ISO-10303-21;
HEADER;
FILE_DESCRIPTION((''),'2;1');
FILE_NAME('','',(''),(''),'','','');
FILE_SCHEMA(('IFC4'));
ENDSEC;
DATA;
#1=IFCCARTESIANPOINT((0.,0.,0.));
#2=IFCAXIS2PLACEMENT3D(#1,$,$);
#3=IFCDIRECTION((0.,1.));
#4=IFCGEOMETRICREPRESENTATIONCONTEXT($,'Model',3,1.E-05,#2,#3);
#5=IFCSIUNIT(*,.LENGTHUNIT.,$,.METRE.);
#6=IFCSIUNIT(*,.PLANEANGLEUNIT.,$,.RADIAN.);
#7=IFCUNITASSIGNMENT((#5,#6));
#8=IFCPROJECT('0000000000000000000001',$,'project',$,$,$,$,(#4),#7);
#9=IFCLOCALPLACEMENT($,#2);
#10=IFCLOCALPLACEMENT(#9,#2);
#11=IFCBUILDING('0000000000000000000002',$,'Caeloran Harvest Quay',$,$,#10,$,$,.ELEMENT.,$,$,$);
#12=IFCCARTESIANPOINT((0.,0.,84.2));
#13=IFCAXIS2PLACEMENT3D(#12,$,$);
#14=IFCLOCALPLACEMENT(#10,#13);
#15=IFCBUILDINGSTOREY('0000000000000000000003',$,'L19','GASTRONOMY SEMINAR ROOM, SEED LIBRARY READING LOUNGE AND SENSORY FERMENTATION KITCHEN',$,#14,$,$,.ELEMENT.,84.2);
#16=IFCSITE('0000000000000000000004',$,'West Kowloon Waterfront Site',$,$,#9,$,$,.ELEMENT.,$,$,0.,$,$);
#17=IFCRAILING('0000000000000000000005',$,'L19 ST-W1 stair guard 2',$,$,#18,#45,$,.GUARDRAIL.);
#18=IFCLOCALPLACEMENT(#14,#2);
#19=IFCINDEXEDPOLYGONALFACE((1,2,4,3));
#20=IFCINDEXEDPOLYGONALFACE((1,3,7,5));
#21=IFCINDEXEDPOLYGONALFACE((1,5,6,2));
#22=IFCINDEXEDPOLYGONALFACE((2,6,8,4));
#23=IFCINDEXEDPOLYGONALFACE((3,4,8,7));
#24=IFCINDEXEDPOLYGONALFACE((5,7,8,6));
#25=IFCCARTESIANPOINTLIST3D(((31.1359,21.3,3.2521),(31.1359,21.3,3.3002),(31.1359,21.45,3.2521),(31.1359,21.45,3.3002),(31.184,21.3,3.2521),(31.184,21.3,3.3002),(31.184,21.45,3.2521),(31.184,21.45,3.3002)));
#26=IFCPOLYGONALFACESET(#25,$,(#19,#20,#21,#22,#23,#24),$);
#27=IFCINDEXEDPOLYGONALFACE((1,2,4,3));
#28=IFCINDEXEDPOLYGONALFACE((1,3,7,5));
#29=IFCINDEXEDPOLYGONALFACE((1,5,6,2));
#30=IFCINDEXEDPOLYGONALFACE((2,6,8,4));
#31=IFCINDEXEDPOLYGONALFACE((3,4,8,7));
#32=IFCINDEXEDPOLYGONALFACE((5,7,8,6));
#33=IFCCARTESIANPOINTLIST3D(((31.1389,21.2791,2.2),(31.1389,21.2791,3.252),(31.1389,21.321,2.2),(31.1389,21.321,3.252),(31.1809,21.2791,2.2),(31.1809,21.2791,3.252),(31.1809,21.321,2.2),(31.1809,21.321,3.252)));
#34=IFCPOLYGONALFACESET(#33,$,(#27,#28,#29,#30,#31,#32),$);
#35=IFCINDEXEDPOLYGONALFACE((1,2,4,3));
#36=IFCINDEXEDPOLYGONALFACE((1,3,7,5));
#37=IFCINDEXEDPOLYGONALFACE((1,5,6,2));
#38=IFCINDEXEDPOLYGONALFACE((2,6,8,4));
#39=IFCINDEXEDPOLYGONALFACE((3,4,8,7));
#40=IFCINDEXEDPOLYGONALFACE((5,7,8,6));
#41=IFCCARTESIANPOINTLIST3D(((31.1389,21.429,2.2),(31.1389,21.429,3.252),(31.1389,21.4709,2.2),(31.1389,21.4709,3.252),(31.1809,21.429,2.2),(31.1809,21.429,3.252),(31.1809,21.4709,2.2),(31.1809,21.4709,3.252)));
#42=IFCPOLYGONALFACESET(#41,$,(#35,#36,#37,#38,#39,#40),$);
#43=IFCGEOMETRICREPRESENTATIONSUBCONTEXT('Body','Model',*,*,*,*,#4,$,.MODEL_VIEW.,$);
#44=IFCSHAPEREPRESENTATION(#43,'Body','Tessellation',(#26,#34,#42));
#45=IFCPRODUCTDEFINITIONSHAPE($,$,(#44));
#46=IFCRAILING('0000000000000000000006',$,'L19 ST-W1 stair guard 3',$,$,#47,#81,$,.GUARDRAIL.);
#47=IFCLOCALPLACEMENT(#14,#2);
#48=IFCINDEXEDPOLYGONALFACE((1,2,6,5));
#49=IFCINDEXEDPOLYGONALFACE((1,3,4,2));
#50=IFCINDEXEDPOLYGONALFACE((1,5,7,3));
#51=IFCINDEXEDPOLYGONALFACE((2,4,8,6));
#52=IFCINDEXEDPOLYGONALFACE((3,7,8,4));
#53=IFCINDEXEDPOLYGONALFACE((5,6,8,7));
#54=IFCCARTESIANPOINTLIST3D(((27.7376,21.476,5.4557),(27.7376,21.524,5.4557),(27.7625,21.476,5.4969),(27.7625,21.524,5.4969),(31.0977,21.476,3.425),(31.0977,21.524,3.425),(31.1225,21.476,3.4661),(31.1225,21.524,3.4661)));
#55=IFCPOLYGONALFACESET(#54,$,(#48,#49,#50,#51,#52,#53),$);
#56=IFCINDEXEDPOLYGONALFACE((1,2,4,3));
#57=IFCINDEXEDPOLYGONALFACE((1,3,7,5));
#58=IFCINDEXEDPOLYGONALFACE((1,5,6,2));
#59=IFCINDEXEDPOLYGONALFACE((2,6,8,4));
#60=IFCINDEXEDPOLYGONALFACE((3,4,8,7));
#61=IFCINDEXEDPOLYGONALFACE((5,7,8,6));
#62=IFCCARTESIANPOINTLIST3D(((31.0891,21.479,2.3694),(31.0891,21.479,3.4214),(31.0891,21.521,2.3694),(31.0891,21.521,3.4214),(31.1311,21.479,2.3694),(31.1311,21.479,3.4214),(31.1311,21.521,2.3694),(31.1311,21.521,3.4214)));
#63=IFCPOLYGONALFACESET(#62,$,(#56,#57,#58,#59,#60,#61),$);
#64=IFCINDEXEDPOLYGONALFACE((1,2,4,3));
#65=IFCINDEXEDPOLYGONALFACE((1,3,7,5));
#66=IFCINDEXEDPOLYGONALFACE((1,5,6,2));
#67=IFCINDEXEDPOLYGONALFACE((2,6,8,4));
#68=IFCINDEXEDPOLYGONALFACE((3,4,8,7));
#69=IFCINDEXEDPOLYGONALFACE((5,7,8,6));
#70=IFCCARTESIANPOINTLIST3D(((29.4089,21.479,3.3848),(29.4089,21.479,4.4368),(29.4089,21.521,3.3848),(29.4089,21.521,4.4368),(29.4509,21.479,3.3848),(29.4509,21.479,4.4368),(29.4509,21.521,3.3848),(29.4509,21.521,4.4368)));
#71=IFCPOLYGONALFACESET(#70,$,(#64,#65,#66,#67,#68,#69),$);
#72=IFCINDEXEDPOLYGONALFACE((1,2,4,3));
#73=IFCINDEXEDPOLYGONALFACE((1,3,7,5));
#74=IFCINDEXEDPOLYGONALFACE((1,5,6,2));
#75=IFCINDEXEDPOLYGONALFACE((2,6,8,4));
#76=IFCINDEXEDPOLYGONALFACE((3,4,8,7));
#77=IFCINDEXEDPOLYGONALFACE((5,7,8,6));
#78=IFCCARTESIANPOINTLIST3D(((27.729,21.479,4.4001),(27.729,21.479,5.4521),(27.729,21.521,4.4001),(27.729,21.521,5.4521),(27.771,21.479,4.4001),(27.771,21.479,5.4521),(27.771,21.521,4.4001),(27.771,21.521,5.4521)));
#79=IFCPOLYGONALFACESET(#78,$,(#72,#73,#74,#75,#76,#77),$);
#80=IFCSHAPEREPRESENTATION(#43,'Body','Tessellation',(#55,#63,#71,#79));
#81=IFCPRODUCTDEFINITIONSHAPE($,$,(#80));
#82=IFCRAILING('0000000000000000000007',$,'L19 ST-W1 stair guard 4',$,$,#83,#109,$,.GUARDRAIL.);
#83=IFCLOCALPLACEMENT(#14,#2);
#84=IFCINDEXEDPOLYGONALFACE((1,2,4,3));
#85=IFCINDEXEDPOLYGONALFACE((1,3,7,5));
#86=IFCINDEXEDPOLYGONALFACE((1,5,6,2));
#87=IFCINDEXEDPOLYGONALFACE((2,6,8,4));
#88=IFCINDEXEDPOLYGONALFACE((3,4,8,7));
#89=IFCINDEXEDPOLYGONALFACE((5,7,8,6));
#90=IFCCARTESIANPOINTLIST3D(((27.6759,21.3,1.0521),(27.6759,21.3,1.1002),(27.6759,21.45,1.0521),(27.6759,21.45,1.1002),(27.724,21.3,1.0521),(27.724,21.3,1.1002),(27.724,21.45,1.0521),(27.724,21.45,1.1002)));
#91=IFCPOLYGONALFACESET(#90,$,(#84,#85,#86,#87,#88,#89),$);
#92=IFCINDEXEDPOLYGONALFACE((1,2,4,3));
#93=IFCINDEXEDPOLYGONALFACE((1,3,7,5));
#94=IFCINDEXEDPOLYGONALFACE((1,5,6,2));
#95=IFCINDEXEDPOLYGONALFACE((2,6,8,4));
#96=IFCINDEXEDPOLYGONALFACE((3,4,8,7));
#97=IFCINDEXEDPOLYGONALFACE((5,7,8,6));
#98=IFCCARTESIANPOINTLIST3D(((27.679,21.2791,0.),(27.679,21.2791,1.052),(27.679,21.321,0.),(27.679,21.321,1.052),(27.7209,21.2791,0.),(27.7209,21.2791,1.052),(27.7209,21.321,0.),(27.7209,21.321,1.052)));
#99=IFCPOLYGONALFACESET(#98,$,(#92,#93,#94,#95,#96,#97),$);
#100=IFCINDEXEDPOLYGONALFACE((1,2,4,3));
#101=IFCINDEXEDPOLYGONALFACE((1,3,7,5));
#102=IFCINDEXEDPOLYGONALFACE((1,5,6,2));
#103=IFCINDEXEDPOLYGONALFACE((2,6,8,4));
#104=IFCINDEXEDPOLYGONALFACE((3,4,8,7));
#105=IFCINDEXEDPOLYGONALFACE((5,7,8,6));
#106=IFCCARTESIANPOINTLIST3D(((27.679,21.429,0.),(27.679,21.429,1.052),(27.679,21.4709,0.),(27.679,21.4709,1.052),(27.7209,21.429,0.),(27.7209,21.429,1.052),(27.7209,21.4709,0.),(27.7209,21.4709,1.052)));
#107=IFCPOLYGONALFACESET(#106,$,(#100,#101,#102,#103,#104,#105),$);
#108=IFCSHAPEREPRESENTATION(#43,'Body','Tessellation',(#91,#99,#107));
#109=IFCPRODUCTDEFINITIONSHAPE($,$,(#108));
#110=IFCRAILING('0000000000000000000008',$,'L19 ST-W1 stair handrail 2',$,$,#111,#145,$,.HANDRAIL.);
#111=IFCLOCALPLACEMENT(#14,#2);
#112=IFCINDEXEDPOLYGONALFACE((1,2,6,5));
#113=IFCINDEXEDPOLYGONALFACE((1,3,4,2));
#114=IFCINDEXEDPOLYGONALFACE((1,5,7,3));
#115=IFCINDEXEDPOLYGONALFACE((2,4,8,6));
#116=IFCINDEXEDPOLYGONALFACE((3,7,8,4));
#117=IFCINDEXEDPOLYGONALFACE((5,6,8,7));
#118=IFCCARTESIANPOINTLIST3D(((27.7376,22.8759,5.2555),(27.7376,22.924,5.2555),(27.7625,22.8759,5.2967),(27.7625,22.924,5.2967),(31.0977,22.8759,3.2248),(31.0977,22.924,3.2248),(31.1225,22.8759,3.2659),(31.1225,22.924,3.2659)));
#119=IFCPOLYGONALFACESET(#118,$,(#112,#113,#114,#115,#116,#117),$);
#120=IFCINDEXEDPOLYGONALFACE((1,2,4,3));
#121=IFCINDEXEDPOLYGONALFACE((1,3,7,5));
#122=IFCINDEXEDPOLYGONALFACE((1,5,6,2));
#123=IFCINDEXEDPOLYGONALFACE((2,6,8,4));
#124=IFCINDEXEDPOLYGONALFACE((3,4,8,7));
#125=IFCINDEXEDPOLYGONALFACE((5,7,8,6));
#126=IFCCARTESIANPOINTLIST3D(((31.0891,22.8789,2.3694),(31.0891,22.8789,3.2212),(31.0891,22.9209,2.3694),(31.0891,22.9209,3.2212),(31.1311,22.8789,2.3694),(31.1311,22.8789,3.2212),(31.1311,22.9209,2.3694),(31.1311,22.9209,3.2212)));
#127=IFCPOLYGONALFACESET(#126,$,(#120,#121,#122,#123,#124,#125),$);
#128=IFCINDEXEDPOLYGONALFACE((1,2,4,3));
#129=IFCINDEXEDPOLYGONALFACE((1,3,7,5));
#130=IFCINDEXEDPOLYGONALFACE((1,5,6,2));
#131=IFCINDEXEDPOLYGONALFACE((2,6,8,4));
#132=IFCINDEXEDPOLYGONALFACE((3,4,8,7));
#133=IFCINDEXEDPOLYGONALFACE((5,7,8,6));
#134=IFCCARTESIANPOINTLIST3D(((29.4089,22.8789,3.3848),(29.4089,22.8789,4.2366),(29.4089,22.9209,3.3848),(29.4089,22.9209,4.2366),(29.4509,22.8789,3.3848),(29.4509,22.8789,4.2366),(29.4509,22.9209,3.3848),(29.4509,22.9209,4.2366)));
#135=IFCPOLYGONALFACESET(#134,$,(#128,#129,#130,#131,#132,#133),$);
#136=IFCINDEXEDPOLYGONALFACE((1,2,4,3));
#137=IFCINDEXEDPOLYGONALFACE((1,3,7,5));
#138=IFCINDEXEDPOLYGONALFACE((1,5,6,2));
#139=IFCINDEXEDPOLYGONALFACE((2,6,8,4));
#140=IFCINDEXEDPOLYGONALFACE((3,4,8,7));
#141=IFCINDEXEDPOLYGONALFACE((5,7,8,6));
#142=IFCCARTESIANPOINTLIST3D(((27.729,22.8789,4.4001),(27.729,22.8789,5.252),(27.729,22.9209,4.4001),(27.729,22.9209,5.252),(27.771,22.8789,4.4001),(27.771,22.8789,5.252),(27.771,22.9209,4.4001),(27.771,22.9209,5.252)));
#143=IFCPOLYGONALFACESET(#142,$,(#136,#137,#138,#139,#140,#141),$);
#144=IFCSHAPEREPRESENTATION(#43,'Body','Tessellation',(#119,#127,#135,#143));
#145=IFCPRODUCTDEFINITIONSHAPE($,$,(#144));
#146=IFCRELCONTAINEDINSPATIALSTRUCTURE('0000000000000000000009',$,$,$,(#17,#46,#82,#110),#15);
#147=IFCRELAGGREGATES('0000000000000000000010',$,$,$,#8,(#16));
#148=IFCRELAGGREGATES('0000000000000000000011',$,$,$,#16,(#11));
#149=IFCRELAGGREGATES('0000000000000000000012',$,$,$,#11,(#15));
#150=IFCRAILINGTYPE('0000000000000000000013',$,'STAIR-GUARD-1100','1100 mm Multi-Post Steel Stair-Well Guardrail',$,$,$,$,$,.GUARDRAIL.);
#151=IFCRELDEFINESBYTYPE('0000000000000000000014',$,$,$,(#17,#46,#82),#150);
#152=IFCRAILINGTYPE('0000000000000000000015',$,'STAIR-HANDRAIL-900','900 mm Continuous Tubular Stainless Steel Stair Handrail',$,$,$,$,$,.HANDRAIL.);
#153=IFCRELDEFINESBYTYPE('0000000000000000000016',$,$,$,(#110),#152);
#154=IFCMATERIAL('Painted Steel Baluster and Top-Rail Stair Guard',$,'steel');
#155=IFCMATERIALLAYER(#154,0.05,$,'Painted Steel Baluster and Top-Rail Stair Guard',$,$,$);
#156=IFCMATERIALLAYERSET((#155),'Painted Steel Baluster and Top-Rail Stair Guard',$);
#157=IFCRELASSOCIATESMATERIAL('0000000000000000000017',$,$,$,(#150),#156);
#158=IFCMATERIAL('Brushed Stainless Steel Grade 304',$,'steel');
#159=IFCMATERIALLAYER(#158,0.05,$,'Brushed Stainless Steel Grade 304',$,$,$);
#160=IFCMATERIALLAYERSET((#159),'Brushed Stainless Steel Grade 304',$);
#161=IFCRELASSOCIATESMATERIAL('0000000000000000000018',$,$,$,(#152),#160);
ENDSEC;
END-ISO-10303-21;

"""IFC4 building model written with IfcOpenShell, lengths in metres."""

from ifc_helpers import new_model, si_unit, direction, frame, origin, origin_2d, place, context, subcontext, project, spatial, rectangle, extrude, material, layer, layer_set, type_object, element, save


model = new_model("IFC4")

# Units and contexts
model_context = context("Model", 3, precision=1e-05, world=origin(), true_north=direction((0.0, 1.0)))
body_context = subcontext(model_context, "Body", "Model", "MODEL_VIEW")
ifc_project = project(units=[si_unit("LENGTHUNIT", "METRE"), si_unit("PLANEANGLEUNIT", "RADIAN")], contexts=[model_context])

# Site, building, storey
site_placement = place(None, origin())
site = spatial("IfcSite", under=ifc_project, at=site_placement, Name="West Kowloon Waterfront Site", CompositionType="ELEMENT", RefElevation=0.0)
building_placement = place(site_placement, origin())
building = spatial("IfcBuilding", under=site, at=building_placement, Name="Caeloran Harvest Quay", CompositionType="ELEMENT")
storey_placement = place(building_placement, frame((0.0, 0.0, 84.2)))
storey = spatial("IfcBuildingStorey", under=building, at=storey_placement, Name="L19", Description="GASTRONOMY SEMINAR ROOM, SEED LIBRARY READING LOUNGE AND SENSORY FERMENTATION KITCHEN", CompositionType="ELEMENT", Elevation=84.2)

# Railings
ifc_material_1 = material(Name="Painted Steel Baluster and Top-Rail Stair Guard", Category="steel")
ifc_layer_1 = layer(ifc_material_1, 0.05, Name="Painted Steel Baluster and Top-Rail Stair Guard")
ifc_layer_set_1 = layer_set([ifc_layer_1], Name="Painted Steel Baluster and Top-Rail Stair Guard")
railing_type_1 = type_object("IfcRailingType", Name="STAIR-GUARD-1100", Description="1100 mm Multi-Post Steel Stair-Well Guardrail", PredefinedType="GUARDRAIL", material=ifc_layer_set_1)
railing_1_placement = place(storey_placement, frame((31.1599, 21.3, 2.2)))
element("IfcRailing", 1, at=railing_1_placement, inside=storey, type_object=railing_type_1, Name="L19 ST-W1 stair guard 2", PredefinedType="GUARDRAIL", context=body_context, shape_type="SweptSolid", body=[
    extrude(rectangle(XDim=0.0481, YDim=0.0481, at=origin_2d()), frame((0.0, 0.0, 1.0762), z_axis=(0.0, 1.0, 0.0), x_axis=(-1.0, 0.0, 0.0)), (0.0, 0.0, 1.0), 0.1499),
    extrude(rectangle(XDim=0.042, YDim=0.042, at=origin_2d()), origin(), (0.0, 0.0, 1.0), 1.052),
    extrude(rectangle(XDim=0.042, YDim=0.042, at=origin_2d()), frame((0.0, 0.1499, 0.0)), (0.0, 0.0, 1.0), 1.052),
])
railing_2_placement = place(storey_placement, frame((31.1101, 21.5, 2.3694)))
element("IfcRailing", 2, at=railing_2_placement, inside=storey, type_object=railing_type_1, Name="L19 ST-W1 stair guard 3", PredefinedType="GUARDRAIL", context=body_context, shape_type="SweptSolid", body=[
    extrude(rectangle(XDim=0.0481, YDim=0.0481, at=origin_2d()), frame((0.0, 0.0, 1.0762), z_axis=(-0.855837, 0.0, 0.517246), x_axis=(0.0, -1.0, 0.0)), (0.0, 0.0, 1.0), 3.926),
    extrude(rectangle(XDim=0.042, YDim=0.042, at=origin_2d()), origin(), (0.0, 0.0, 1.0), 1.052),
    extrude(rectangle(XDim=0.042, YDim=0.042, at=origin_2d()), frame((-1.6802, 0.0, 1.0154)), (0.0, 0.0, 1.0), 1.052),
    extrude(rectangle(XDim=0.042, YDim=0.042, at=origin_2d()), frame((-3.3601, 0.0, 2.0308)), (0.0, 0.0, 1.0), 1.052),
])
railing_3_placement = place(storey_placement, frame((27.7, 21.3, 0.0)))
element("IfcRailing", 3, at=railing_3_placement, inside=storey, type_object=railing_type_1, Name="L19 ST-W1 stair guard 4", PredefinedType="GUARDRAIL", context=body_context, shape_type="SweptSolid", body=[
    extrude(rectangle(XDim=0.0481, YDim=0.0481, at=origin_2d()), frame((0.0, 0.0, 1.0762), z_axis=(0.0, 1.0, 0.0), x_axis=(-1.0, 0.0, 0.0)), (0.0, 0.0, 1.0), 0.1499),
    extrude(rectangle(XDim=0.042, YDim=0.042, at=origin_2d()), origin(), (0.0, 0.0, 1.0), 1.052),
    extrude(rectangle(XDim=0.042, YDim=0.042, at=origin_2d()), frame((0.0, 0.1499, 0.0)), (0.0, 0.0, 1.0), 1.052),
])
ifc_material_2 = material(Name="Brushed Stainless Steel Grade 304", Category="steel")
ifc_layer_2 = layer(ifc_material_2, 0.05, Name="Brushed Stainless Steel Grade 304")
ifc_layer_set_2 = layer_set([ifc_layer_2], Name="Brushed Stainless Steel Grade 304")
railing_type_2 = type_object("IfcRailingType", Name="STAIR-HANDRAIL-900", Description="900 mm Continuous Tubular Stainless Steel Stair Handrail", PredefinedType="HANDRAIL", material=ifc_layer_set_2)
railing_4_placement = place(storey_placement, frame((31.1101, 22.8999, 2.3694)))
element("IfcRailing", 4, at=railing_4_placement, inside=storey, type_object=railing_type_2, Name="L19 ST-W1 stair handrail 2", PredefinedType="HANDRAIL", context=body_context, shape_type="SweptSolid", body=[
    extrude(rectangle(XDim=0.0481, YDim=0.0481, at=origin_2d()), frame((0.0, 0.0, 0.876), z_axis=(-0.855837, 0.0, 0.517246), x_axis=(0.0, -1.0, 0.0)), (0.0, 0.0, 1.0), 3.926),
    extrude(rectangle(XDim=0.042, YDim=0.042, at=origin_2d()), origin(), (0.0, 0.0, 1.0), 0.8518),
    extrude(rectangle(XDim=0.042, YDim=0.042, at=origin_2d()), frame((-1.6802, 0.0, 1.0154)), (0.0, 0.0, 1.0), 0.8518),
    extrude(rectangle(XDim=0.042, YDim=0.042, at=origin_2d()), frame((-3.3601, 0.0, 2.0308)), (0.0, 0.0, 1.0), 0.8518),
])

save(model, "model.ifc")
